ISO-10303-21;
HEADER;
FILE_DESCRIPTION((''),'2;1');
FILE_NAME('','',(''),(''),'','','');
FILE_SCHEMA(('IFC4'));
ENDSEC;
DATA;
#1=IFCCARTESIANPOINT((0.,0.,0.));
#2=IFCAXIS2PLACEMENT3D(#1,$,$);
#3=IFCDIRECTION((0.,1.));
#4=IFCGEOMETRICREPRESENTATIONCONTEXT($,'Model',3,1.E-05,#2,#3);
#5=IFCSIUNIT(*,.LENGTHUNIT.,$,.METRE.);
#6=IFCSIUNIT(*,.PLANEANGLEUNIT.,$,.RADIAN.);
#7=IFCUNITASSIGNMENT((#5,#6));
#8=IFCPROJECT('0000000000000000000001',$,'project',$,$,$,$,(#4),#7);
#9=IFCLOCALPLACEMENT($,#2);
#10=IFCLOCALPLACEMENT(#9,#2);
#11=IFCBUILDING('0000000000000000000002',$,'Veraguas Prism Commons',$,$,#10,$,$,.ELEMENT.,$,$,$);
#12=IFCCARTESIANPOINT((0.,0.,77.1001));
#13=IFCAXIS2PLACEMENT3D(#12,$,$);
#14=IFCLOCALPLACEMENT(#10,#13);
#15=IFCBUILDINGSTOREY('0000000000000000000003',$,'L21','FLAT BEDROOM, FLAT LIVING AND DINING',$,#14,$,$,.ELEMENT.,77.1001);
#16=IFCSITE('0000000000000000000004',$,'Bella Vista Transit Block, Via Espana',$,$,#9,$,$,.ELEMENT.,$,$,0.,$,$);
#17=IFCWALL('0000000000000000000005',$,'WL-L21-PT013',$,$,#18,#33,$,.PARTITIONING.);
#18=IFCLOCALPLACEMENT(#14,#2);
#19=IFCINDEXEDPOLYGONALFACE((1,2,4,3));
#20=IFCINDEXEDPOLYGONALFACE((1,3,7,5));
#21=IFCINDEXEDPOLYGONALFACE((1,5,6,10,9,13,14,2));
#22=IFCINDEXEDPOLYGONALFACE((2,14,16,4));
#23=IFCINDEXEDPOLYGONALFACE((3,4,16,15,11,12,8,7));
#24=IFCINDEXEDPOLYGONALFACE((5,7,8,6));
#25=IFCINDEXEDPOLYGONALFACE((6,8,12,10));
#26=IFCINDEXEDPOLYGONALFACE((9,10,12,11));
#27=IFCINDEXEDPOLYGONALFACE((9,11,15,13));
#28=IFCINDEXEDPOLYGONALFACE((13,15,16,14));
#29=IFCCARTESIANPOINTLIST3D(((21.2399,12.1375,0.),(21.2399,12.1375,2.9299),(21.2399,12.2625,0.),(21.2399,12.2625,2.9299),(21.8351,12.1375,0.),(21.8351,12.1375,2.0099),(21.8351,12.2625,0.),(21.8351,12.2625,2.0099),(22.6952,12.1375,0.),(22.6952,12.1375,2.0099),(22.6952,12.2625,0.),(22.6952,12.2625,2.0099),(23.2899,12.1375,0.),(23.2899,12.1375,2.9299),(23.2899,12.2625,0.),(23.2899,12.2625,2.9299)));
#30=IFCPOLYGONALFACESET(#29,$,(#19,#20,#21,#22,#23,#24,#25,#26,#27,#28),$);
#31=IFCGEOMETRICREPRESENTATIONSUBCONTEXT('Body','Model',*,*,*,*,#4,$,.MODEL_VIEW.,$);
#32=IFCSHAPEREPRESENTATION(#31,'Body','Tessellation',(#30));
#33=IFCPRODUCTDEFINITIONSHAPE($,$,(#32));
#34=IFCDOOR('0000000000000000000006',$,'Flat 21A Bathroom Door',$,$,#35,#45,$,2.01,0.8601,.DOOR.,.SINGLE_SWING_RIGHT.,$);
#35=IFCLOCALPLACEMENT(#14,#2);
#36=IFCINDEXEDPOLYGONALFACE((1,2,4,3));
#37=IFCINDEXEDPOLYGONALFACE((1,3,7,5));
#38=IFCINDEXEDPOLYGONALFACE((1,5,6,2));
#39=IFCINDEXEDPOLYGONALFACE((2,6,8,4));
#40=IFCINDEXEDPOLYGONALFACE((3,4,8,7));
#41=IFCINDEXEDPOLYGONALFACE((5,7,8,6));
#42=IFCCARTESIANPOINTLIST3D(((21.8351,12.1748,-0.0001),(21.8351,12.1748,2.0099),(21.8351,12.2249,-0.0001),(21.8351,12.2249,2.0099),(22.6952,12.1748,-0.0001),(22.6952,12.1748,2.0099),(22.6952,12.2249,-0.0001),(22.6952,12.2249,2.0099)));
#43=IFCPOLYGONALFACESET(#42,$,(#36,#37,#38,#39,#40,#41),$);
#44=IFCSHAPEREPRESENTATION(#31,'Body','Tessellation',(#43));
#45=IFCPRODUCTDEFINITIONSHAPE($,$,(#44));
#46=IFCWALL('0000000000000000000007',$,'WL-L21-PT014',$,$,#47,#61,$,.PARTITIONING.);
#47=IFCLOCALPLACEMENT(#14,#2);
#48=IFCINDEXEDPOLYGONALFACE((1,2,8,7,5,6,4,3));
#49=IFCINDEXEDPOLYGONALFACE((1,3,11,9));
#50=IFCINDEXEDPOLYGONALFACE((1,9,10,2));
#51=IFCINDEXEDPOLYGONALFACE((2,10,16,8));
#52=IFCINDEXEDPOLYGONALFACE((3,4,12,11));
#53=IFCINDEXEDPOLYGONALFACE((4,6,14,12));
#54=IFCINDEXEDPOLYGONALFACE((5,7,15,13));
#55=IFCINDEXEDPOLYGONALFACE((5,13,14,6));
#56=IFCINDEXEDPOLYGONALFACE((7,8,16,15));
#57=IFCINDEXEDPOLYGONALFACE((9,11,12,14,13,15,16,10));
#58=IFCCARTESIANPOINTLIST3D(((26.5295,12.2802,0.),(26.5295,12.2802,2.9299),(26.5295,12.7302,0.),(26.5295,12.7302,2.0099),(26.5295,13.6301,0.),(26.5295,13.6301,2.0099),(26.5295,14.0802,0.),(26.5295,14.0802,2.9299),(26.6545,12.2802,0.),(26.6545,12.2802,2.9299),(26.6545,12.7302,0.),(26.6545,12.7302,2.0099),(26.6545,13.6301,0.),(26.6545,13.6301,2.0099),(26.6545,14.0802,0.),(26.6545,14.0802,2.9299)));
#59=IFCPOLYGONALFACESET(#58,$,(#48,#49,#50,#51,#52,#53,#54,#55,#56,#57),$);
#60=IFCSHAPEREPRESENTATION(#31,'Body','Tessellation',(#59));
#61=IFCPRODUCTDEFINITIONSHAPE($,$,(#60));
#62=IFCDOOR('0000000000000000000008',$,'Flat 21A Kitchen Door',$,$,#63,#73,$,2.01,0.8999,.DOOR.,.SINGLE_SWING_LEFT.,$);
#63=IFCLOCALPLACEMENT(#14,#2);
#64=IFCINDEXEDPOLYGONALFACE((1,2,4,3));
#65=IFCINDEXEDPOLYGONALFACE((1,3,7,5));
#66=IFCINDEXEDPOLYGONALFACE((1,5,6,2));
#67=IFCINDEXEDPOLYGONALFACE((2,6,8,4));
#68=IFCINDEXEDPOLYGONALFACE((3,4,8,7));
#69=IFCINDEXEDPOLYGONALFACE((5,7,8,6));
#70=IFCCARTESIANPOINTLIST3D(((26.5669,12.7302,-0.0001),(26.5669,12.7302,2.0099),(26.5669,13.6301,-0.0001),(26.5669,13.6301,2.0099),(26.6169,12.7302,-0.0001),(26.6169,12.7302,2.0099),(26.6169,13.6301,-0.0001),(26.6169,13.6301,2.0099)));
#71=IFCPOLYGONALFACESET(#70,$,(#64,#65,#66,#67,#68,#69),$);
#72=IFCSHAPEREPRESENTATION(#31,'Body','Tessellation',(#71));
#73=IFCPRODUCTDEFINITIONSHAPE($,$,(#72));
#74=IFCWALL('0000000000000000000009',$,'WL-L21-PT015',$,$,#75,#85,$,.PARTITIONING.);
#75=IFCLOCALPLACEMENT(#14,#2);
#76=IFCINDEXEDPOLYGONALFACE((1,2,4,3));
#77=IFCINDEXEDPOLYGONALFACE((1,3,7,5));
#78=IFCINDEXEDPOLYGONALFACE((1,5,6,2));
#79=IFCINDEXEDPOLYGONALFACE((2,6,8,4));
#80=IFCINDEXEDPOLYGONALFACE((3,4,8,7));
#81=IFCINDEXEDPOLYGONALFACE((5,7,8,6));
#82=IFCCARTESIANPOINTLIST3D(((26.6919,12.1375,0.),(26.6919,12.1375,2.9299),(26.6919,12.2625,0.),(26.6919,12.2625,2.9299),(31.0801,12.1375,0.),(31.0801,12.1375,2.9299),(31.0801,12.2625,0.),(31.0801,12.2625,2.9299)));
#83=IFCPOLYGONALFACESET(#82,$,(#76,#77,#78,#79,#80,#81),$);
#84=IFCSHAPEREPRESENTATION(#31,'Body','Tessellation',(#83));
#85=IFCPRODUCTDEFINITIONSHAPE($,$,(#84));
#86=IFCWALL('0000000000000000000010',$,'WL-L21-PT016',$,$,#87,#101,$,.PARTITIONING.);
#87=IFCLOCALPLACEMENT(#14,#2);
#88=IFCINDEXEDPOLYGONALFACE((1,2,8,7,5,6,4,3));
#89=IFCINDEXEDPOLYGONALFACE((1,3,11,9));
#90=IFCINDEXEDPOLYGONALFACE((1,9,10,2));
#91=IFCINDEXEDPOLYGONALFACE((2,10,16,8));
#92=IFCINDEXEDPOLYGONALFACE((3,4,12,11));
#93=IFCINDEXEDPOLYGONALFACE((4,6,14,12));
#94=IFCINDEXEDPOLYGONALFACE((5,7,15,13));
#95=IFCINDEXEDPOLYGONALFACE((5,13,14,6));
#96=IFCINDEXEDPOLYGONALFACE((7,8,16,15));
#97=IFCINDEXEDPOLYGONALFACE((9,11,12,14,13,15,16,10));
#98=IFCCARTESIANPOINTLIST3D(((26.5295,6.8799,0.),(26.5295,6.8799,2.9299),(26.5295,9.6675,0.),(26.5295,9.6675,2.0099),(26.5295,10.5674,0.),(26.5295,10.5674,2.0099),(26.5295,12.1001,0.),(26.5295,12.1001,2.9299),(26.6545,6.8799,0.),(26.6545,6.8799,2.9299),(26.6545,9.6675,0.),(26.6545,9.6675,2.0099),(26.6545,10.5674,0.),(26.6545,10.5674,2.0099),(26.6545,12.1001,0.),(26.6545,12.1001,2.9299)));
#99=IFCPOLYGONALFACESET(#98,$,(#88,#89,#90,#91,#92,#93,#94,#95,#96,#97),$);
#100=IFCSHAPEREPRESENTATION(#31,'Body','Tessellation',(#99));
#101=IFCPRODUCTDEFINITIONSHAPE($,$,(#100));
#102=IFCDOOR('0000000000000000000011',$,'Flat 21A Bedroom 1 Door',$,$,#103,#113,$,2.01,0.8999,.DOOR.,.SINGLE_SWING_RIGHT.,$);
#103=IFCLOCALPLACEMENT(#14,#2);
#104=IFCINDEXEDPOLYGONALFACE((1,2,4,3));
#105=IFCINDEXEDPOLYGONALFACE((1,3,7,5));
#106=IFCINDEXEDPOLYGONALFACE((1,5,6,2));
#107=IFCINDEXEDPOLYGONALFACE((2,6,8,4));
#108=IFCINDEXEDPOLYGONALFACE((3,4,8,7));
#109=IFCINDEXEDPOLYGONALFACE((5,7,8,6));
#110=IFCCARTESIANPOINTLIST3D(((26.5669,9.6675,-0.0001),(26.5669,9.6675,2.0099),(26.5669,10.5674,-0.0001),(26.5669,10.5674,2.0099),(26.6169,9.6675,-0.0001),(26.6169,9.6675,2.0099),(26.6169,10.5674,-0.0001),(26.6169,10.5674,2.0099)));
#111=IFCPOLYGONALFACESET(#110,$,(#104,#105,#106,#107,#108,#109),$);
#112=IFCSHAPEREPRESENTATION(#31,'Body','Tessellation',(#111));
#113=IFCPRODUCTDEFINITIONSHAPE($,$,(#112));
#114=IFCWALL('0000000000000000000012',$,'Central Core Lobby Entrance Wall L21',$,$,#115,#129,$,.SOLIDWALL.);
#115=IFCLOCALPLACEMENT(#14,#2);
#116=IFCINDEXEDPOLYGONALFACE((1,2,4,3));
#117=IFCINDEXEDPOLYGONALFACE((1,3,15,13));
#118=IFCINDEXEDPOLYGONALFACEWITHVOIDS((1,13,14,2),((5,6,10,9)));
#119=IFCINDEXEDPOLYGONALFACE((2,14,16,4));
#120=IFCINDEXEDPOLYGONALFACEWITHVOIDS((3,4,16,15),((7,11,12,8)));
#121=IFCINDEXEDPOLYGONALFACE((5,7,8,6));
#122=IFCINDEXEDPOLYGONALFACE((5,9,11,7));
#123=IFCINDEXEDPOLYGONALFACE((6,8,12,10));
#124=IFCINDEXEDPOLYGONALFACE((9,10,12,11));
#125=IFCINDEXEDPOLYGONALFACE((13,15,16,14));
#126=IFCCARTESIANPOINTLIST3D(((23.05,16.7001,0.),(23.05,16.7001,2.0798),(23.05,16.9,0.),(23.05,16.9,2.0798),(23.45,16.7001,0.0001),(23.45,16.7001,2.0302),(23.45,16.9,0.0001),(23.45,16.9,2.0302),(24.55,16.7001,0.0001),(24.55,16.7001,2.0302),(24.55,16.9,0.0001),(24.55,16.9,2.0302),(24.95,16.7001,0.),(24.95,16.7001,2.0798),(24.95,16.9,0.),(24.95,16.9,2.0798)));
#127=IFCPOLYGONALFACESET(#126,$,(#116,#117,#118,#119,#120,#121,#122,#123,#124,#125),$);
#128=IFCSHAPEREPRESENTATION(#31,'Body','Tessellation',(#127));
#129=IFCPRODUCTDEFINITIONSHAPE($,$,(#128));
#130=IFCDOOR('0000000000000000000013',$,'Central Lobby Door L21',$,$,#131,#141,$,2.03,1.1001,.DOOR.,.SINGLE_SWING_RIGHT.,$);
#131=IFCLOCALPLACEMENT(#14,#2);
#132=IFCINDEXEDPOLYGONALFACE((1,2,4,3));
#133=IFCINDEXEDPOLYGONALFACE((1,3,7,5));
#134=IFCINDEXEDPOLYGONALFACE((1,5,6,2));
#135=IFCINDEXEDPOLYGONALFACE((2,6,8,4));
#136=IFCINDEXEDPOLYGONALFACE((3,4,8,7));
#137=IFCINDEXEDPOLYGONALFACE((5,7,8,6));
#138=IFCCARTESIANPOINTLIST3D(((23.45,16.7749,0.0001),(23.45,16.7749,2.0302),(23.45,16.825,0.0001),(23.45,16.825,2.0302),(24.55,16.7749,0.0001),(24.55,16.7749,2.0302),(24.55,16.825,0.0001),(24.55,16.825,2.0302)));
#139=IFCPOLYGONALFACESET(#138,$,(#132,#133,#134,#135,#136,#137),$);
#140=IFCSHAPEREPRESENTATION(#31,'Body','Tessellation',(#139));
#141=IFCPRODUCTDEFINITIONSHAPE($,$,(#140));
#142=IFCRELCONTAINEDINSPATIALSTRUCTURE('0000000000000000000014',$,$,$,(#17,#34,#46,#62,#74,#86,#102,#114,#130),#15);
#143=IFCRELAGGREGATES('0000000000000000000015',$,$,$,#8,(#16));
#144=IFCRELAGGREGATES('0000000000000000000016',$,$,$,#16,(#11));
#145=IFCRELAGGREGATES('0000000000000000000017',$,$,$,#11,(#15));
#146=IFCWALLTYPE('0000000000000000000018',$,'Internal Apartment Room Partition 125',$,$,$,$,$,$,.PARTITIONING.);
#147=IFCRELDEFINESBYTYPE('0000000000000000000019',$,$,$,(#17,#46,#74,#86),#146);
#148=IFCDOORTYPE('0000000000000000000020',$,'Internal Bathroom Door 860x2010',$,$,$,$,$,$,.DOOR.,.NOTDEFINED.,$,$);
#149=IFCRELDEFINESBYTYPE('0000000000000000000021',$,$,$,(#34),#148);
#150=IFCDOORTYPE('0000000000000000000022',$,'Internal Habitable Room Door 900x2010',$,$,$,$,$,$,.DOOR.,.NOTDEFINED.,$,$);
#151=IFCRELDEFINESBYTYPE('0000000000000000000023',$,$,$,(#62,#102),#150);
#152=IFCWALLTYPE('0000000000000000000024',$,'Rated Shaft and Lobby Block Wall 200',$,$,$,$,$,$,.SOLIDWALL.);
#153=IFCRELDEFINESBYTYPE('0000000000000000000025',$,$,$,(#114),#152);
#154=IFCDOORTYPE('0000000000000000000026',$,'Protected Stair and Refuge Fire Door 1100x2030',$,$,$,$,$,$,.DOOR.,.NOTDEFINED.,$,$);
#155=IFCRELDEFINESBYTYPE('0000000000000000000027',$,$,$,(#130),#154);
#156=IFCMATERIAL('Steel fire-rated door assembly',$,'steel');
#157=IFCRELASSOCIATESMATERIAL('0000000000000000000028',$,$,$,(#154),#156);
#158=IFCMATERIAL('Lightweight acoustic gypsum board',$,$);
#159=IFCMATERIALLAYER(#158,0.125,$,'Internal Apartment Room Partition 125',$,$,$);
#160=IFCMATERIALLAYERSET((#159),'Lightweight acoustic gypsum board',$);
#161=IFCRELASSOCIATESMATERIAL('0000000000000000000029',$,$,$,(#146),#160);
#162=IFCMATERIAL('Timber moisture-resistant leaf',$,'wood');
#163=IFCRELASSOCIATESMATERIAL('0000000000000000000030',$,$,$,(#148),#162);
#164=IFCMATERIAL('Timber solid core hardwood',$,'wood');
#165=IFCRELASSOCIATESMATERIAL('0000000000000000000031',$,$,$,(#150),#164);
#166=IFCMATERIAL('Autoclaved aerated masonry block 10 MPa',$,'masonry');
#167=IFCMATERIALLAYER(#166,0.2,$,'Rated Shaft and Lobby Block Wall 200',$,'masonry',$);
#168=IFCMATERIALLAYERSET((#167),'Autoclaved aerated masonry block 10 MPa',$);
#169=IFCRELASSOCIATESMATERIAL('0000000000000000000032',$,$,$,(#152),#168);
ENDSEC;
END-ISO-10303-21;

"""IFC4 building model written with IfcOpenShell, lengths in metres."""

from ifc_helpers import new_model, si_unit, direction, frame, frame_2d, origin, place, context, subcontext, project, spatial, rectangle, extrude, source, transform, mapped, material, layer, layer_set, type_object, element, fill, save


model = new_model("IFC4")

# Units and contexts
model_context = context("Model", 3, precision=1e-05, world=origin(), true_north=direction((0.0, 1.0)))
body_context = subcontext(model_context, "Body", "Model", "MODEL_VIEW")
ifc_project = project(units=[si_unit("LENGTHUNIT", "METRE"), si_unit("PLANEANGLEUNIT", "RADIAN")], contexts=[model_context])

# Site, building, storey
site_placement = place(None, origin())
site = spatial("IfcSite", under=ifc_project, at=site_placement, Name="Bella Vista Transit Block, Via Espana", CompositionType="ELEMENT", RefElevation=0.0)
building_placement = place(site_placement, origin())
building = spatial("IfcBuilding", under=site, at=building_placement, Name="Veraguas Prism Commons", CompositionType="ELEMENT")
storey_placement = place(building_placement, frame((0.0, 0.0, 77.1001)))
storey = spatial("IfcBuildingStorey", under=building, at=storey_placement, Name="L21", Description="FLAT BEDROOM, FLAT LIVING AND DINING", CompositionType="ELEMENT", Elevation=77.1001)

# Shared definitions
ifc_material_1 = material(Name="Steel fire-rated door assembly", Category="steel")
door_type_1 = type_object("IfcDoorType", Name="Protected Stair and Refuge Fire Door 1100x2030", OperationType="NOTDEFINED", PredefinedType="DOOR", material=ifc_material_1)
shared_shape_1 = source(origin(), body_context, "Body", "SweptSolid", [
    extrude(rectangle(XDim=1.1001, YDim=2.03, at=frame_2d((0.55, 1.0151))), frame((0.0, 0.0249, 0.0), z_axis=(0.0, -1.0, 0.0), x_axis=(1.0, 0.0, 0.0)), (0.0, 0.0, 1.0), 0.05),
])

# Shared definitions
ifc_material_2 = material(Name="Autoclaved aerated masonry block 10 MPa", Category="masonry")

# Walls, openings, doors
ifc_material_3 = material(Name="Lightweight acoustic gypsum board")
ifc_layer_1 = layer(ifc_material_3, 0.125, Name="Internal Apartment Room Partition 125")
ifc_layer_set_1 = layer_set([ifc_layer_1], Name="Lightweight acoustic gypsum board")
wall_type_1 = type_object("IfcWallType", Name="Internal Apartment Room Partition 125", PredefinedType="PARTITIONING", material=ifc_layer_set_1)
wall_1_placement = place(storey_placement, frame((21.24, 12.2, 0.0), z_axis=(0.0, 0.0, 1.0), x_axis=(1.0, 0.0, 0.0)))
wall_1 = element("IfcWall", 1, at=wall_1_placement, inside=storey, type_object=wall_type_1, Name="WL-L21-PT013", PredefinedType="PARTITIONING", context=body_context, shape_type="SweptSolid", body=[
    extrude(rectangle(XDim=2.05, YDim=0.125, at=frame_2d((1.0249, 0.0))), origin(), (0.0, 0.0, 1.0), 2.9299),
])
opening_1_placement = place(wall_1_placement, frame((0.595, 0.0, 0.0)))
opening_1 = element("IfcOpeningElement", 2, at=opening_1_placement, cuts=wall_1, PredefinedType="OPENING", context=body_context, shape_type="SweptSolid", body=[
    extrude(rectangle(XDim=0.8601, YDim=2.01, at=frame_2d((0.4302, 1.0049))), frame((0.0, 0.0725, 0.0), z_axis=(0.0, -1.0, 0.0), x_axis=(1.0, 0.0, 0.0)), (0.0, 0.0, 1.0), 0.145),
])
ifc_material_4 = material(Name="Timber moisture-resistant leaf", Category="wood")
door_type_2 = type_object("IfcDoorType", Name="Internal Bathroom Door 860x2010", OperationType="NOTDEFINED", PredefinedType="DOOR", material=ifc_material_4)
shared_shape_2 = source(origin(), body_context, "Body", "SweptSolid", [
    extrude(rectangle(XDim=0.8601, YDim=2.01, at=frame_2d((0.4302, 1.0049))), frame((0.0, 0.0249, 0.0), z_axis=(0.0, -1.0, 0.0), x_axis=(1.0, 0.0, 0.0)), (0.0, 0.0, 1.0), 0.05),
])
door_1_placement = place(opening_1_placement, origin())
door_1 = element("IfcDoor", 3, at=door_1_placement, inside=storey, type_object=door_type_2, Name="Flat 21A Bathroom Door", OperationType="SINGLE_SWING_RIGHT", OverallHeight=2.01, OverallWidth=0.8601, PredefinedType="DOOR", context=body_context, shape_type="MappedRepresentation", body=[
    mapped(shared_shape_2, transform((0.0, 0.0, 0.0), scale=1.0)),
])
fill(opening_1, door_1)
wall_2_placement = place(storey_placement, frame((26.592, 14.0801, 0.0), z_axis=(0.0, 0.0, 1.0), x_axis=(0.0, -1.0, 0.0)))
wall_2 = element("IfcWall", 4, at=wall_2_placement, inside=storey, type_object=wall_type_1, Name="WL-L21-PT014", PredefinedType="PARTITIONING", context=body_context, shape_type="SweptSolid", body=[
    extrude(rectangle(XDim=1.8, YDim=0.125, at=frame_2d((0.8999, 0.0))), origin(), (0.0, 0.0, 1.0), 2.9299),
])
opening_2_placement = place(wall_2_placement, frame((0.45, 0.0, 0.0)))
opening_2 = element("IfcOpeningElement", 5, at=opening_2_placement, cuts=wall_2, PredefinedType="OPENING", context=body_context, shape_type="SweptSolid", body=[
    extrude(rectangle(XDim=0.8999, YDim=2.01, at=frame_2d((0.45, 1.0049))), frame((0.0, 0.0725, 0.0), z_axis=(0.0, -1.0, 0.0), x_axis=(1.0, 0.0, 0.0)), (0.0, 0.0, 1.0), 0.145),
])
ifc_material_5 = material(Name="Timber solid core hardwood", Category="wood")
door_type_3 = type_object("IfcDoorType", Name="Internal Habitable Room Door 900x2010", OperationType="NOTDEFINED", PredefinedType="DOOR", material=ifc_material_5)
shared_shape_3 = source(origin(), body_context, "Body", "SweptSolid", [
    extrude(rectangle(XDim=0.8999, YDim=2.01, at=frame_2d((0.45, 1.0049))), frame((0.0, 0.0249, 0.0), z_axis=(0.0, -1.0, 0.0), x_axis=(1.0, 0.0, 0.0)), (0.0, 0.0, 1.0), 0.05),
])
door_2_placement = place(opening_2_placement, origin())
door_2 = element("IfcDoor", 6, at=door_2_placement, inside=storey, type_object=door_type_3, Name="Flat 21A Kitchen Door", OperationType="SINGLE_SWING_LEFT", OverallHeight=2.01, OverallWidth=0.8999, PredefinedType="DOOR", context=body_context, shape_type="MappedRepresentation", body=[
    mapped(shared_shape_3, transform((0.0, 0.0, 0.0), scale=1.0)),
])
fill(opening_2, door_2)

# Wall
wall_3_placement = place(storey_placement, frame((26.6919, 12.2, 0.0), z_axis=(0.0, 0.0, 1.0), x_axis=(1.0, 0.0, 0.0)))
element("IfcWall", 7, at=wall_3_placement, inside=storey, type_object=wall_type_1, Name="WL-L21-PT015", PredefinedType="PARTITIONING", context=body_context, shape_type="SweptSolid", body=[
    extrude(rectangle(XDim=4.3882, YDim=0.125, at=frame_2d((2.1941, 0.0))), origin(), (0.0, 0.0, 1.0), 2.9299),
])

# Walls, openings, doors
wall_4_placement = place(storey_placement, frame((26.592, 12.1001, 0.0), z_axis=(0.0, 0.0, 1.0), x_axis=(0.0, -1.0, 0.0)))
wall_4 = element("IfcWall", 8, at=wall_4_placement, inside=storey, type_object=wall_type_1, Name="WL-L21-PT016", PredefinedType="PARTITIONING", context=body_context, shape_type="SweptSolid", body=[
    extrude(rectangle(XDim=5.2202, YDim=0.125, at=frame_2d((2.6101, 0.0))), origin(), (0.0, 0.0, 1.0), 2.9299),
])
opening_3_placement = place(wall_4_placement, frame((1.5327, 0.0, 0.0)))
opening_3 = element("IfcOpeningElement", 9, at=opening_3_placement, cuts=wall_4, PredefinedType="OPENING", context=body_context, shape_type="SweptSolid", body=[
    extrude(rectangle(XDim=0.8999, YDim=2.01, at=frame_2d((0.45, 1.0049))), frame((0.0, 0.0725, 0.0), z_axis=(0.0, -1.0, 0.0), x_axis=(1.0, 0.0, 0.0)), (0.0, 0.0, 1.0), 0.145),
])
door_3_placement = place(opening_3_placement, origin())
door_3 = element("IfcDoor", 10, at=door_3_placement, inside=storey, type_object=door_type_3, Name="Flat 21A Bedroom 1 Door", OperationType="SINGLE_SWING_RIGHT", OverallHeight=2.01, OverallWidth=0.8999, PredefinedType="DOOR", context=body_context, shape_type="MappedRepresentation", body=[
    mapped(shared_shape_3, transform((0.0, 0.0, 0.0), scale=1.0)),
])
fill(opening_3, door_3)
ifc_layer_2 = layer(ifc_material_2, 0.2, Name="Rated Shaft and Lobby Block Wall 200", Category="masonry")
ifc_layer_set_2 = layer_set([ifc_layer_2], Name="Autoclaved aerated masonry block 10 MPa")
wall_type_2 = type_object("IfcWallType", Name="Rated Shaft and Lobby Block Wall 200", PredefinedType="SOLIDWALL", material=ifc_layer_set_2)
wall_5_placement = place(storey_placement, frame((23.05, 16.8, 0.0), z_axis=(0.0, 0.0, 1.0), x_axis=(1.0, 0.0, 0.0)))
wall_5 = element("IfcWall", 11, at=wall_5_placement, inside=storey, type_object=wall_type_2, Name="Central Core Lobby Entrance Wall L21", PredefinedType="SOLIDWALL", context=body_context, shape_type="SweptSolid", body=[
    extrude(rectangle(XDim=1.8999, YDim=0.2, at=frame_2d((0.95, 0.0))), origin(), (0.0, 0.0, 1.0), 2.0798),
])
opening_4_placement = place(wall_5_placement, frame((0.3999, 0.0, 0.0)))
opening_4 = element("IfcOpeningElement", 12, at=opening_4_placement, cuts=wall_5, PredefinedType="OPENING", context=body_context, shape_type="SweptSolid", body=[
    extrude(rectangle(XDim=1.1001, YDim=2.03, at=frame_2d((0.55, 1.0151))), frame((0.0, 0.1099, 0.0), z_axis=(0.0, -1.0, 0.0), x_axis=(1.0, 0.0, 0.0)), (0.0, 0.0, 1.0), 0.22),
])
door_4_placement = place(opening_4_placement, origin())
door_4 = element("IfcDoor", 13, at=door_4_placement, inside=storey, type_object=door_type_1, Name="Central Lobby Door L21", OperationType="SINGLE_SWING_RIGHT", OverallHeight=2.03, OverallWidth=1.1001, PredefinedType="DOOR", context=body_context, shape_type="MappedRepresentation", body=[
    mapped(shared_shape_1, transform((0.0, 0.0, 0.0), scale=1.0)),
])
fill(opening_4, door_4)

save(model, "model.ifc")
